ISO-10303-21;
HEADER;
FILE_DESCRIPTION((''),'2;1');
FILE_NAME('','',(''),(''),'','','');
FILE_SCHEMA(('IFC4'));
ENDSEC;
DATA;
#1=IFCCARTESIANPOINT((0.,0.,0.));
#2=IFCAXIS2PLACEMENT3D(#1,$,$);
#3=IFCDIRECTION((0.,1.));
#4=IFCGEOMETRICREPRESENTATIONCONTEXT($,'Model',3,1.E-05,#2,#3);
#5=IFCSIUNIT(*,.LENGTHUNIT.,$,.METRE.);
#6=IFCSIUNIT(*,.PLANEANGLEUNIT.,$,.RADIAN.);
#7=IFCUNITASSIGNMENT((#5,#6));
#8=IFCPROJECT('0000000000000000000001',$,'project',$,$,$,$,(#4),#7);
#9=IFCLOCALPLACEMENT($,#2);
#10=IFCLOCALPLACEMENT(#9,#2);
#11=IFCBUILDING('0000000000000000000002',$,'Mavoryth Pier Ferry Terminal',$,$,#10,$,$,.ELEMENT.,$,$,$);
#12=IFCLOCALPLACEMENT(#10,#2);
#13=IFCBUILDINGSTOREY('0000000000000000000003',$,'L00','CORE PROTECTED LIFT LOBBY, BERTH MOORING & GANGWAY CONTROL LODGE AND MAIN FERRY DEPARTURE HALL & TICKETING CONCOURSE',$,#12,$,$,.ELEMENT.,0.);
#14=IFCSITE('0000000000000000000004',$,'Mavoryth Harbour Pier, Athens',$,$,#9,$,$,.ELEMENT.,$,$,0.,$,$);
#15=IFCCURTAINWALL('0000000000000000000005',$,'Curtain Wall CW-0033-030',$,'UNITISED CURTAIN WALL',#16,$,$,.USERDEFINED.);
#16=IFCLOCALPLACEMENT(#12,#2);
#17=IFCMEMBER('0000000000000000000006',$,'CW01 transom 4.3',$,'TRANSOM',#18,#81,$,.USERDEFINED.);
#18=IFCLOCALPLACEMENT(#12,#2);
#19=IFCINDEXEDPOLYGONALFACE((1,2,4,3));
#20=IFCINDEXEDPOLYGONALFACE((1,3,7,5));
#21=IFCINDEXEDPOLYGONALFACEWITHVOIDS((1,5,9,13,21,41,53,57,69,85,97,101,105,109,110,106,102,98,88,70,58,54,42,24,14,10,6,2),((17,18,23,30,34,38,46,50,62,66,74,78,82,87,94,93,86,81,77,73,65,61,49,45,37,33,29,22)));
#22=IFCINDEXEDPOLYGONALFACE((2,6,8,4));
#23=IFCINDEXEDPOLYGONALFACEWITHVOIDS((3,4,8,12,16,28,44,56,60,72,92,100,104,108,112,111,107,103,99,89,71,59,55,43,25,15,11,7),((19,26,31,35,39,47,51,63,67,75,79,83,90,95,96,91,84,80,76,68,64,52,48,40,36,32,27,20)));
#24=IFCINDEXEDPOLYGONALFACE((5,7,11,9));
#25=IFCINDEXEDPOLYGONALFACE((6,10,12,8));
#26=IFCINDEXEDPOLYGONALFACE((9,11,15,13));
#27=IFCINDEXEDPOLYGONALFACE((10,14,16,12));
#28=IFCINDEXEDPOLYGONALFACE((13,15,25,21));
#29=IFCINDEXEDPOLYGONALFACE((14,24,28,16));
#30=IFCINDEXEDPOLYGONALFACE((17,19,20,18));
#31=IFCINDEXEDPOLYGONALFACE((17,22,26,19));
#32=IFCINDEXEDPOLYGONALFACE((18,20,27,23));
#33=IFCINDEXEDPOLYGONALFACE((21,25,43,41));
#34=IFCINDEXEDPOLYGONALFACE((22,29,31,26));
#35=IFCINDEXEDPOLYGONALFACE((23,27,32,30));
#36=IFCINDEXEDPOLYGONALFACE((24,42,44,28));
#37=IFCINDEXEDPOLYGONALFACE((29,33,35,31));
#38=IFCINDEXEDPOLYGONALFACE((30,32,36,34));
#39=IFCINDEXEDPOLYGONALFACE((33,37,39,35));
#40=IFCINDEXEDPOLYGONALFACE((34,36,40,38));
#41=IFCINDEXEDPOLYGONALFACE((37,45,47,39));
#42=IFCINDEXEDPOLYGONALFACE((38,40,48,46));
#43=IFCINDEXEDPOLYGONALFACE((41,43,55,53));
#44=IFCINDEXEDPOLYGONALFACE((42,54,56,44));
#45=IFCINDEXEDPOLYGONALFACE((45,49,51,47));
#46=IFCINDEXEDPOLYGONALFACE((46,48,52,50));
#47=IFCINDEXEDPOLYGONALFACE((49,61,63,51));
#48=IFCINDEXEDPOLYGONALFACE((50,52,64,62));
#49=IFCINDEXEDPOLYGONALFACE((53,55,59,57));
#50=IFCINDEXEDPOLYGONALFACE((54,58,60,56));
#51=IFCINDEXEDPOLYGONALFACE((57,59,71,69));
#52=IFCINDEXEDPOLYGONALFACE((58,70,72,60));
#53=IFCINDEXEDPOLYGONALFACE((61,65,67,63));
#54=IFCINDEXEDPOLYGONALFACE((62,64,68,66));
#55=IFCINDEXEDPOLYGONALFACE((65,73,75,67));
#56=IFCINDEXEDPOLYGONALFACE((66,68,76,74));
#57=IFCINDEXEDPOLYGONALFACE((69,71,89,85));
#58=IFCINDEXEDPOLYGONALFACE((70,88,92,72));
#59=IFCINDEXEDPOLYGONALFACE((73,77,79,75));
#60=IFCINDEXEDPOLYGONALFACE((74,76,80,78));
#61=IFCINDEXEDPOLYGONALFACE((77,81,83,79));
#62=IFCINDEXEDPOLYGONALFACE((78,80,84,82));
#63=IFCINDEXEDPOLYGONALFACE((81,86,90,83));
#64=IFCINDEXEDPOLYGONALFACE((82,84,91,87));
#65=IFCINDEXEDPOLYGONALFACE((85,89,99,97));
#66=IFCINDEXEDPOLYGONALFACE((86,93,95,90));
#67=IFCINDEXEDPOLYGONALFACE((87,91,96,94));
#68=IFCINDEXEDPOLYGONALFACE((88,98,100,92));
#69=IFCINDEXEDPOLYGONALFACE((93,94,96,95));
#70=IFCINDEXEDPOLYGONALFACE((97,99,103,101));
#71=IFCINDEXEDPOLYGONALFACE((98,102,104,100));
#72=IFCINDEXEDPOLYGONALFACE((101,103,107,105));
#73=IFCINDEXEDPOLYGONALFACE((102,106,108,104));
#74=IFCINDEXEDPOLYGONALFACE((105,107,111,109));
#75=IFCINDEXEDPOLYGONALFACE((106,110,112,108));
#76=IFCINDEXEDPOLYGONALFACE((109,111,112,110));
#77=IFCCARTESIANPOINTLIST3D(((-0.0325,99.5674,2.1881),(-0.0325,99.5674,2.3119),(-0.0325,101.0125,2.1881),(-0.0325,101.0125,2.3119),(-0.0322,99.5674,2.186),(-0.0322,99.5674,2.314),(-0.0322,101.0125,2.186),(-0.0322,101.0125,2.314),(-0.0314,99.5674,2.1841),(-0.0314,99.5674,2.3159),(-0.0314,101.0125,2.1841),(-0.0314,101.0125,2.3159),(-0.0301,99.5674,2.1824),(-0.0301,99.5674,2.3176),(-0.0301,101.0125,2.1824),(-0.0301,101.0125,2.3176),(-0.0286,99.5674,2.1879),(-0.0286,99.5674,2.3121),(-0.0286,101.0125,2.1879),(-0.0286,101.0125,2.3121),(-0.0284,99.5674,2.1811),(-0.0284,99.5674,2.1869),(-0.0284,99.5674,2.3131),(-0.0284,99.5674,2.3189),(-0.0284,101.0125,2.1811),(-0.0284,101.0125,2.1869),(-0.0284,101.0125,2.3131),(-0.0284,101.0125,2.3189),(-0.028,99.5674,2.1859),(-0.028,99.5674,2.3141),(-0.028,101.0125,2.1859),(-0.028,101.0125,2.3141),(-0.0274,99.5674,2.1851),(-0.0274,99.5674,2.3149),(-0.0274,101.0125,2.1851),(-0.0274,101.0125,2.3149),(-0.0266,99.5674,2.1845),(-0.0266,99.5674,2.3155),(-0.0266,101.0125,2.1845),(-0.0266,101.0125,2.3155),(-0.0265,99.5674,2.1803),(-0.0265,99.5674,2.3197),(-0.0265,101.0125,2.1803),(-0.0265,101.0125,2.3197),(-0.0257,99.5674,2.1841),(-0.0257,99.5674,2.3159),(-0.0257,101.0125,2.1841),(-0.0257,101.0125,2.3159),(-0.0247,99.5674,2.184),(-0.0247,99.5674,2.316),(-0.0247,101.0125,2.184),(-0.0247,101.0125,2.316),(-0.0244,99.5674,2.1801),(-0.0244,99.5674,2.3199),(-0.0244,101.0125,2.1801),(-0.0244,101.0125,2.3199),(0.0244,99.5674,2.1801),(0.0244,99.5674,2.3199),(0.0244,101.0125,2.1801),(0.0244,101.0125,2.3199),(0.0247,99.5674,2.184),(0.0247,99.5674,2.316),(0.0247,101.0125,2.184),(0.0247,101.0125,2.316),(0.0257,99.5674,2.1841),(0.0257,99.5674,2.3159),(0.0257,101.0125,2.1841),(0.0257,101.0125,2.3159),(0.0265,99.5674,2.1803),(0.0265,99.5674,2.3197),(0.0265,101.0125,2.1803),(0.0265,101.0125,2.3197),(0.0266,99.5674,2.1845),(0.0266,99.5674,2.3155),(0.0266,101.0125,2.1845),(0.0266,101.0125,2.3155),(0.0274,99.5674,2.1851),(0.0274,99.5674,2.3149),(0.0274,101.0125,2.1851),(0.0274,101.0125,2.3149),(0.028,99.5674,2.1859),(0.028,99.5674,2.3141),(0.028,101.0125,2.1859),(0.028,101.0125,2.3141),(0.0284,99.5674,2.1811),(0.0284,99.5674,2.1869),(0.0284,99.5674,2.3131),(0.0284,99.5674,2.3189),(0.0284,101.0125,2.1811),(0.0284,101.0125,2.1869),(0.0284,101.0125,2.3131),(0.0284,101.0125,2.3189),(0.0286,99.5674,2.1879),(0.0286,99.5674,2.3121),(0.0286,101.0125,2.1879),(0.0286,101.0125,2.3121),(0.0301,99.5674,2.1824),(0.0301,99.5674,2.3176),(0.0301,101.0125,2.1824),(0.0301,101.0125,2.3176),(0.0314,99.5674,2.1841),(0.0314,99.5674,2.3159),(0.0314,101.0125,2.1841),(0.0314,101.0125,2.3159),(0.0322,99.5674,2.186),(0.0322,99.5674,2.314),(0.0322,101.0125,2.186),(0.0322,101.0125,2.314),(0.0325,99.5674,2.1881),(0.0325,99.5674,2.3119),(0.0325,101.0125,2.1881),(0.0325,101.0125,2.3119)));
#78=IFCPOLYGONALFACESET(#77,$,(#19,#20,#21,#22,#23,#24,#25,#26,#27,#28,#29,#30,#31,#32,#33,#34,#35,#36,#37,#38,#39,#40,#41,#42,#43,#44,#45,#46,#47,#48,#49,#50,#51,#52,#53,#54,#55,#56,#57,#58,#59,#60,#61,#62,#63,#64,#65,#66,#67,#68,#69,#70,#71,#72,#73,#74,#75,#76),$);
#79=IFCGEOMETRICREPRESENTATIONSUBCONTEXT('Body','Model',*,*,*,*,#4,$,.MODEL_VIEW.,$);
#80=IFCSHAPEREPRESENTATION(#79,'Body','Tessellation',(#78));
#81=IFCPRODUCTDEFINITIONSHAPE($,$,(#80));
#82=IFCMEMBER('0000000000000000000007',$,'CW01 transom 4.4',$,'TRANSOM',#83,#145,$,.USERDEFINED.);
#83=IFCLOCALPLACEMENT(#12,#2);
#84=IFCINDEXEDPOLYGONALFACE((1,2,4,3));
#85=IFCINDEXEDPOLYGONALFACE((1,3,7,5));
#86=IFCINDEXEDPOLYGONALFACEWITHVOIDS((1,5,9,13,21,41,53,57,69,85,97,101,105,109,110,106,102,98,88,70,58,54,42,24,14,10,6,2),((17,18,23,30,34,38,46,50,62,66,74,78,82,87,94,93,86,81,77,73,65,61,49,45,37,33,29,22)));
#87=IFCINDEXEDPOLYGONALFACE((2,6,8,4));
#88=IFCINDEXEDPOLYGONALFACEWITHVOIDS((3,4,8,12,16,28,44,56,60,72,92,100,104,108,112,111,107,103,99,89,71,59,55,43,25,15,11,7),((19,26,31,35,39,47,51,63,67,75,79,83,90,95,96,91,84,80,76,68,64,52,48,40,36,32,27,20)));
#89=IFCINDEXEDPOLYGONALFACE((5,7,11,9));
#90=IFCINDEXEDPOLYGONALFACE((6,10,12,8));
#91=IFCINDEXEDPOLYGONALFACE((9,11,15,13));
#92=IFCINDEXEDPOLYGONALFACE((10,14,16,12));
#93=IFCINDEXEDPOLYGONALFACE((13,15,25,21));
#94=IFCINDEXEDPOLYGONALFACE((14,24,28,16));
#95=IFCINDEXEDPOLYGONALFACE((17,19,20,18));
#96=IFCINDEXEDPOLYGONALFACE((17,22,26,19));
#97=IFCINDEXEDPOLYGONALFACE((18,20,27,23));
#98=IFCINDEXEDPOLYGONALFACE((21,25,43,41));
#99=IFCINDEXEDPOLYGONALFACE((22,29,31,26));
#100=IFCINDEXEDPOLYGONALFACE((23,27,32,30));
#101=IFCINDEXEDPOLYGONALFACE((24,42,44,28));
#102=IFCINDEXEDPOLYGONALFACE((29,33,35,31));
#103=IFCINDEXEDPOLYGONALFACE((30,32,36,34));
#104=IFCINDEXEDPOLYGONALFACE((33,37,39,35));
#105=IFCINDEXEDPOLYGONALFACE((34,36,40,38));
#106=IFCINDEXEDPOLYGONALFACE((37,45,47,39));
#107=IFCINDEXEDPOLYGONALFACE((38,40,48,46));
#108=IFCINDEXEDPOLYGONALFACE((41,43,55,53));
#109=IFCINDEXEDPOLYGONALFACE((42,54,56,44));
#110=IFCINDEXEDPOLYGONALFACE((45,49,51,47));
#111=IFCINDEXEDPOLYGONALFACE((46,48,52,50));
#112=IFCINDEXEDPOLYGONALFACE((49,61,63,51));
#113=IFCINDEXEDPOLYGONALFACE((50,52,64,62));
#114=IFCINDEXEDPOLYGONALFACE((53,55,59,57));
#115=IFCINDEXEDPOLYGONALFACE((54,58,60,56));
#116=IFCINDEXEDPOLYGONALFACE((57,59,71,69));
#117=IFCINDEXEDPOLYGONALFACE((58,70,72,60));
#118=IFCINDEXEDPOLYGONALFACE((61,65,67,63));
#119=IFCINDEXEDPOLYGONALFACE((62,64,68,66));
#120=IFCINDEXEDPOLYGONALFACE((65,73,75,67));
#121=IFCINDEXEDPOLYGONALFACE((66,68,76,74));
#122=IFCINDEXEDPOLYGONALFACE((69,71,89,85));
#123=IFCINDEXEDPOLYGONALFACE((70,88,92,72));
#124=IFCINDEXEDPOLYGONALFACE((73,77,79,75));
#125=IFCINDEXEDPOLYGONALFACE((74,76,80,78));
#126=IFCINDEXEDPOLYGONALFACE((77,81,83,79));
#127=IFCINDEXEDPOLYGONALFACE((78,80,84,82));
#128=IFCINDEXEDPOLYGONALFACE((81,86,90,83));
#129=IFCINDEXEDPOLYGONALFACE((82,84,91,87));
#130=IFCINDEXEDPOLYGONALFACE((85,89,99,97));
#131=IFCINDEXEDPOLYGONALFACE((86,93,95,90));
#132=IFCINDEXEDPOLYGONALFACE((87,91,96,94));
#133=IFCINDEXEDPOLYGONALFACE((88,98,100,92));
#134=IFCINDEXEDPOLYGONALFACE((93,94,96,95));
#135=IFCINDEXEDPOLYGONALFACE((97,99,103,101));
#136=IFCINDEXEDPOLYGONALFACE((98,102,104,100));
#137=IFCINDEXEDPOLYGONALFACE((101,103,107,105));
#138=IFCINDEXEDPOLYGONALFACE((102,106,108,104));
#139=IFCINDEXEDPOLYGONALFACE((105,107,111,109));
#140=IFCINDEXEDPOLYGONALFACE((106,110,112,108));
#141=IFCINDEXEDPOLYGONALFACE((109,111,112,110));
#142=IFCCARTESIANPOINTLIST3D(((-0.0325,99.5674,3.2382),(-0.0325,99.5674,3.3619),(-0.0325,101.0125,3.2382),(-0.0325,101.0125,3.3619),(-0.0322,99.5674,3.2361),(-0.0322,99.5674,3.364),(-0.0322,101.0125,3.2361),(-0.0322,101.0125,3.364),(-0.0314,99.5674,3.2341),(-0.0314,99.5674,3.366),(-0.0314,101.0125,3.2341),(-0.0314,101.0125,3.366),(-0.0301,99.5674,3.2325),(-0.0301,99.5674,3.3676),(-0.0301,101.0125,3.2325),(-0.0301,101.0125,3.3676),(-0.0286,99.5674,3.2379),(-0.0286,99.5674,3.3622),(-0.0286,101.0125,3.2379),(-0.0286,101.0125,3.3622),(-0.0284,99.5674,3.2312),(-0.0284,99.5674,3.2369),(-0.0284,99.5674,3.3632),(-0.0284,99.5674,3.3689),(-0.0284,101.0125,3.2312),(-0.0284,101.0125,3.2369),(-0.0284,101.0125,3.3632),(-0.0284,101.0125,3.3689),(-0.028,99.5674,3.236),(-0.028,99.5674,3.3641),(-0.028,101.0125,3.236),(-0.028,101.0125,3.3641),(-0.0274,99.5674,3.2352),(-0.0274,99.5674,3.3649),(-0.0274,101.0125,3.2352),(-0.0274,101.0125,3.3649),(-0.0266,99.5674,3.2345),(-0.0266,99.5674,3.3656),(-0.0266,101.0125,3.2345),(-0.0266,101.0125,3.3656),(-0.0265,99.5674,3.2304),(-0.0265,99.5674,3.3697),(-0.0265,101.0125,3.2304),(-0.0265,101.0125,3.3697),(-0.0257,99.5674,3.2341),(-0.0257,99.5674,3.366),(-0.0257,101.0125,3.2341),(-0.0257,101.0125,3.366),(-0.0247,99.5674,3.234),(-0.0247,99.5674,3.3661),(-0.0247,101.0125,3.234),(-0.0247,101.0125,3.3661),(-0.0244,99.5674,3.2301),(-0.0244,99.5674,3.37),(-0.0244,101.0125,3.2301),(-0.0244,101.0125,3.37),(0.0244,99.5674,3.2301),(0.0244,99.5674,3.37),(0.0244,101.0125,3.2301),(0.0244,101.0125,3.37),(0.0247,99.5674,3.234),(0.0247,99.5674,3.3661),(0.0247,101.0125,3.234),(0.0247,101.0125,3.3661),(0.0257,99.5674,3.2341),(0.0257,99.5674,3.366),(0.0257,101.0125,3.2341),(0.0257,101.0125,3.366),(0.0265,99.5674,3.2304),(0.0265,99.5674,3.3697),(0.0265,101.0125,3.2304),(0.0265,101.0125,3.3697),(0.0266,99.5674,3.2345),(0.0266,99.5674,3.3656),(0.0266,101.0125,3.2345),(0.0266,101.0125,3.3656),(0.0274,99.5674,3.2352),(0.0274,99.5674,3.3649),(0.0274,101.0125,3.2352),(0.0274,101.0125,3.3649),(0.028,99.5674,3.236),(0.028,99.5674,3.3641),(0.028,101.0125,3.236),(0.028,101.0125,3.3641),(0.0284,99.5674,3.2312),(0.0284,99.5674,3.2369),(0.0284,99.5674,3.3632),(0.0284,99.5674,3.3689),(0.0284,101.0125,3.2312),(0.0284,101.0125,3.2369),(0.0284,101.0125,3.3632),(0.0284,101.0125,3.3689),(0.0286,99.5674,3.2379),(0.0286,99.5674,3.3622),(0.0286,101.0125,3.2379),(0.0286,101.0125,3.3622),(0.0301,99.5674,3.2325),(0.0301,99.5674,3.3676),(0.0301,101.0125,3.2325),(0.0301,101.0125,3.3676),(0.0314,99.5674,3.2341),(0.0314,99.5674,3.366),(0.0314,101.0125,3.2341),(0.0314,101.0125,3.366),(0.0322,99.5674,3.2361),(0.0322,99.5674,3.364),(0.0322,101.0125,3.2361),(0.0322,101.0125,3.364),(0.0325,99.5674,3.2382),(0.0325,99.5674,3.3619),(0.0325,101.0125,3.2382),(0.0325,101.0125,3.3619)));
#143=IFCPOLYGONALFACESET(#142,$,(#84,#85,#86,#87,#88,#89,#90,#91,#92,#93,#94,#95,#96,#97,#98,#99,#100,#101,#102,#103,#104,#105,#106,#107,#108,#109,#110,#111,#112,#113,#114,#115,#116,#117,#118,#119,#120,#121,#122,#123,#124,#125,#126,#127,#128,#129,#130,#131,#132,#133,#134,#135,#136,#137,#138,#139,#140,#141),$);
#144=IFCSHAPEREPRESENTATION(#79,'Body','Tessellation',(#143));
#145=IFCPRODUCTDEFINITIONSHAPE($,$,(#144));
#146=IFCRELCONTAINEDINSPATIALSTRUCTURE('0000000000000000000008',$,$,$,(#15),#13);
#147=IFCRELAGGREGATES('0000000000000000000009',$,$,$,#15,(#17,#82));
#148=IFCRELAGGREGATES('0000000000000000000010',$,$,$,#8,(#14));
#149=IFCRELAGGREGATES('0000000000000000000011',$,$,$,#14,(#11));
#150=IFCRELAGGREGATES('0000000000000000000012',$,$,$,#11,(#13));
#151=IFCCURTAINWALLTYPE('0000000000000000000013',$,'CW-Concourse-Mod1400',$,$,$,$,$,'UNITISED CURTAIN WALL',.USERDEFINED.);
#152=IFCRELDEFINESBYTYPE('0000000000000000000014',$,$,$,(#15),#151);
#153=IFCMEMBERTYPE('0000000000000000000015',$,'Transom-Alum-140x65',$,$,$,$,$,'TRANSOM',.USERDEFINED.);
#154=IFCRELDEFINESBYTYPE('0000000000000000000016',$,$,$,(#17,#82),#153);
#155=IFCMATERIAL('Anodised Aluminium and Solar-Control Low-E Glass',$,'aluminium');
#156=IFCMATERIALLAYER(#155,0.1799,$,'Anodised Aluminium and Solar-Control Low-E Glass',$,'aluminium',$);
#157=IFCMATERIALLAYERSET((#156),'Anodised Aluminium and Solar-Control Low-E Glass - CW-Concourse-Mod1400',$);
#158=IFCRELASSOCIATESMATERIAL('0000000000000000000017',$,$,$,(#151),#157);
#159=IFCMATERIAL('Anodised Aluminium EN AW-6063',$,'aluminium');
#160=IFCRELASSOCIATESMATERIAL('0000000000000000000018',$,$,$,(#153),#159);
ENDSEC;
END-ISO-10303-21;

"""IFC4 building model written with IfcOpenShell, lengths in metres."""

from ifc_helpers import new_model, si_unit, direction, frame, origin, origin_2d, place, context, subcontext, project, spatial, hollow_rectangle, extrude, material, layer, layer_set, material_profile, profile_set, type_object, element, aggregate, save


model = new_model("IFC4")

# Units and contexts
model_context = context("Model", 3, precision=1e-05, world=origin(), true_north=direction((0.0, 1.0)))
body_context = subcontext(model_context, "Body", "Model", "MODEL_VIEW")
ifc_project = project(units=[si_unit("LENGTHUNIT", "METRE"), si_unit("PLANEANGLEUNIT", "RADIAN")], contexts=[model_context])

# Site, building, storey
site_placement = place(None, origin())
site = spatial("IfcSite", under=ifc_project, at=site_placement, Name="Mavoryth Harbour Pier, Athens", CompositionType="ELEMENT", RefElevation=0.0)
building_placement = place(site_placement, origin())
building = spatial("IfcBuilding", under=site, at=building_placement, Name="Mavoryth Pier Ferry Terminal", CompositionType="ELEMENT")
storey_placement = place(building_placement, origin())
storey = spatial("IfcBuildingStorey", under=building, at=storey_placement, Name="L00", Description="CORE PROTECTED LIFT LOBBY, BERTH MOORING & GANGWAY CONTROL LODGE AND MAIN FERRY DEPARTURE HALL & TICKETING CONCOURSE", CompositionType="ELEMENT", Elevation=0.0)

# Curtain wall, members
ifc_material_1 = material(Name="Anodised Aluminium and Solar-Control Low-E Glass", Category="aluminium")
ifc_layer_1 = layer(ifc_material_1, 0.1799, Name="Anodised Aluminium and Solar-Control Low-E Glass", Category="aluminium")
ifc_layer_set_1 = layer_set([ifc_layer_1], Name="Anodised Aluminium and Solar-Control Low-E Glass - CW-Concourse-Mod1400")
curtain_wall_type = type_object("IfcCurtainWallType", Name="CW-Concourse-Mod1400", ElementType="UNITISED CURTAIN WALL", PredefinedType="USERDEFINED", material=ifc_layer_set_1)
curtain_wall_placement = place(storey_placement, origin())
curtain_wall = element("IfcCurtainWall", 1, at=curtain_wall_placement, inside=storey, type_object=curtain_wall_type, Name="Curtain Wall CW-0033-030", ObjectType="UNITISED CURTAIN WALL", PredefinedType="USERDEFINED")
ifc_material_2 = material(Name="Anodised Aluminium EN AW-6063", Category="aluminium")
ifc_material_profile_1 = material_profile(ifc_material_2, hollow_rectangle(XDim=0.0649, YDim=0.1399, WallThickness=0.0039, InnerFilletRadius=0.0039, OuterFilletRadius=0.0081, at=origin_2d()), Name="AL-TRAN 140x65x4", Category="aluminium")
ifc_profile_set_1 = profile_set([ifc_material_profile_1], Name="Anodised Aluminium EN AW-6063 - AL-TRAN 140x65x4")
member_type_1 = type_object("IfcMemberType", Name="Transom-Alum-140x65", ElementType="TRANSOM", PredefinedType="USERDEFINED", material=ifc_profile_set_1)
member_1_placement = place(storey_placement, frame((0.0, 101.0125, 2.25), z_axis=(0.0, -1.0, 0.0), x_axis=(1.0, 0.0, 0.0)))
member_1 = element("IfcMember", 2, at=member_1_placement, type_object=member_type_1, Name="CW01 transom 4.3", ObjectType="TRANSOM", PredefinedType="USERDEFINED", context=body_context, shape_type="SweptSolid", body=[
    extrude(hollow_rectangle(XDim=0.0649, YDim=0.1399, WallThickness=0.0039, InnerFilletRadius=0.0039, OuterFilletRadius=0.0081, at=origin_2d()), origin(), (0.0, 0.0, 1.0), 1.4451),
])
member_2_placement = place(storey_placement, frame((0.0, 101.0125, 3.3), z_axis=(0.0, -1.0, 0.0), x_axis=(1.0, 0.0, 0.0)))
member_2 = element("IfcMember", 3, at=member_2_placement, type_object=member_type_1, Name="CW01 transom 4.4", ObjectType="TRANSOM", PredefinedType="USERDEFINED", context=body_context, shape_type="SweptSolid", body=[
    extrude(hollow_rectangle(XDim=0.0649, YDim=0.1399, WallThickness=0.0039, InnerFilletRadius=0.0039, OuterFilletRadius=0.0081, at=origin_2d()), origin(), (0.0, 0.0, 1.0), 1.4451),
])
aggregate(curtain_wall, [member_1, member_2])

save(model, "model.ifc")
